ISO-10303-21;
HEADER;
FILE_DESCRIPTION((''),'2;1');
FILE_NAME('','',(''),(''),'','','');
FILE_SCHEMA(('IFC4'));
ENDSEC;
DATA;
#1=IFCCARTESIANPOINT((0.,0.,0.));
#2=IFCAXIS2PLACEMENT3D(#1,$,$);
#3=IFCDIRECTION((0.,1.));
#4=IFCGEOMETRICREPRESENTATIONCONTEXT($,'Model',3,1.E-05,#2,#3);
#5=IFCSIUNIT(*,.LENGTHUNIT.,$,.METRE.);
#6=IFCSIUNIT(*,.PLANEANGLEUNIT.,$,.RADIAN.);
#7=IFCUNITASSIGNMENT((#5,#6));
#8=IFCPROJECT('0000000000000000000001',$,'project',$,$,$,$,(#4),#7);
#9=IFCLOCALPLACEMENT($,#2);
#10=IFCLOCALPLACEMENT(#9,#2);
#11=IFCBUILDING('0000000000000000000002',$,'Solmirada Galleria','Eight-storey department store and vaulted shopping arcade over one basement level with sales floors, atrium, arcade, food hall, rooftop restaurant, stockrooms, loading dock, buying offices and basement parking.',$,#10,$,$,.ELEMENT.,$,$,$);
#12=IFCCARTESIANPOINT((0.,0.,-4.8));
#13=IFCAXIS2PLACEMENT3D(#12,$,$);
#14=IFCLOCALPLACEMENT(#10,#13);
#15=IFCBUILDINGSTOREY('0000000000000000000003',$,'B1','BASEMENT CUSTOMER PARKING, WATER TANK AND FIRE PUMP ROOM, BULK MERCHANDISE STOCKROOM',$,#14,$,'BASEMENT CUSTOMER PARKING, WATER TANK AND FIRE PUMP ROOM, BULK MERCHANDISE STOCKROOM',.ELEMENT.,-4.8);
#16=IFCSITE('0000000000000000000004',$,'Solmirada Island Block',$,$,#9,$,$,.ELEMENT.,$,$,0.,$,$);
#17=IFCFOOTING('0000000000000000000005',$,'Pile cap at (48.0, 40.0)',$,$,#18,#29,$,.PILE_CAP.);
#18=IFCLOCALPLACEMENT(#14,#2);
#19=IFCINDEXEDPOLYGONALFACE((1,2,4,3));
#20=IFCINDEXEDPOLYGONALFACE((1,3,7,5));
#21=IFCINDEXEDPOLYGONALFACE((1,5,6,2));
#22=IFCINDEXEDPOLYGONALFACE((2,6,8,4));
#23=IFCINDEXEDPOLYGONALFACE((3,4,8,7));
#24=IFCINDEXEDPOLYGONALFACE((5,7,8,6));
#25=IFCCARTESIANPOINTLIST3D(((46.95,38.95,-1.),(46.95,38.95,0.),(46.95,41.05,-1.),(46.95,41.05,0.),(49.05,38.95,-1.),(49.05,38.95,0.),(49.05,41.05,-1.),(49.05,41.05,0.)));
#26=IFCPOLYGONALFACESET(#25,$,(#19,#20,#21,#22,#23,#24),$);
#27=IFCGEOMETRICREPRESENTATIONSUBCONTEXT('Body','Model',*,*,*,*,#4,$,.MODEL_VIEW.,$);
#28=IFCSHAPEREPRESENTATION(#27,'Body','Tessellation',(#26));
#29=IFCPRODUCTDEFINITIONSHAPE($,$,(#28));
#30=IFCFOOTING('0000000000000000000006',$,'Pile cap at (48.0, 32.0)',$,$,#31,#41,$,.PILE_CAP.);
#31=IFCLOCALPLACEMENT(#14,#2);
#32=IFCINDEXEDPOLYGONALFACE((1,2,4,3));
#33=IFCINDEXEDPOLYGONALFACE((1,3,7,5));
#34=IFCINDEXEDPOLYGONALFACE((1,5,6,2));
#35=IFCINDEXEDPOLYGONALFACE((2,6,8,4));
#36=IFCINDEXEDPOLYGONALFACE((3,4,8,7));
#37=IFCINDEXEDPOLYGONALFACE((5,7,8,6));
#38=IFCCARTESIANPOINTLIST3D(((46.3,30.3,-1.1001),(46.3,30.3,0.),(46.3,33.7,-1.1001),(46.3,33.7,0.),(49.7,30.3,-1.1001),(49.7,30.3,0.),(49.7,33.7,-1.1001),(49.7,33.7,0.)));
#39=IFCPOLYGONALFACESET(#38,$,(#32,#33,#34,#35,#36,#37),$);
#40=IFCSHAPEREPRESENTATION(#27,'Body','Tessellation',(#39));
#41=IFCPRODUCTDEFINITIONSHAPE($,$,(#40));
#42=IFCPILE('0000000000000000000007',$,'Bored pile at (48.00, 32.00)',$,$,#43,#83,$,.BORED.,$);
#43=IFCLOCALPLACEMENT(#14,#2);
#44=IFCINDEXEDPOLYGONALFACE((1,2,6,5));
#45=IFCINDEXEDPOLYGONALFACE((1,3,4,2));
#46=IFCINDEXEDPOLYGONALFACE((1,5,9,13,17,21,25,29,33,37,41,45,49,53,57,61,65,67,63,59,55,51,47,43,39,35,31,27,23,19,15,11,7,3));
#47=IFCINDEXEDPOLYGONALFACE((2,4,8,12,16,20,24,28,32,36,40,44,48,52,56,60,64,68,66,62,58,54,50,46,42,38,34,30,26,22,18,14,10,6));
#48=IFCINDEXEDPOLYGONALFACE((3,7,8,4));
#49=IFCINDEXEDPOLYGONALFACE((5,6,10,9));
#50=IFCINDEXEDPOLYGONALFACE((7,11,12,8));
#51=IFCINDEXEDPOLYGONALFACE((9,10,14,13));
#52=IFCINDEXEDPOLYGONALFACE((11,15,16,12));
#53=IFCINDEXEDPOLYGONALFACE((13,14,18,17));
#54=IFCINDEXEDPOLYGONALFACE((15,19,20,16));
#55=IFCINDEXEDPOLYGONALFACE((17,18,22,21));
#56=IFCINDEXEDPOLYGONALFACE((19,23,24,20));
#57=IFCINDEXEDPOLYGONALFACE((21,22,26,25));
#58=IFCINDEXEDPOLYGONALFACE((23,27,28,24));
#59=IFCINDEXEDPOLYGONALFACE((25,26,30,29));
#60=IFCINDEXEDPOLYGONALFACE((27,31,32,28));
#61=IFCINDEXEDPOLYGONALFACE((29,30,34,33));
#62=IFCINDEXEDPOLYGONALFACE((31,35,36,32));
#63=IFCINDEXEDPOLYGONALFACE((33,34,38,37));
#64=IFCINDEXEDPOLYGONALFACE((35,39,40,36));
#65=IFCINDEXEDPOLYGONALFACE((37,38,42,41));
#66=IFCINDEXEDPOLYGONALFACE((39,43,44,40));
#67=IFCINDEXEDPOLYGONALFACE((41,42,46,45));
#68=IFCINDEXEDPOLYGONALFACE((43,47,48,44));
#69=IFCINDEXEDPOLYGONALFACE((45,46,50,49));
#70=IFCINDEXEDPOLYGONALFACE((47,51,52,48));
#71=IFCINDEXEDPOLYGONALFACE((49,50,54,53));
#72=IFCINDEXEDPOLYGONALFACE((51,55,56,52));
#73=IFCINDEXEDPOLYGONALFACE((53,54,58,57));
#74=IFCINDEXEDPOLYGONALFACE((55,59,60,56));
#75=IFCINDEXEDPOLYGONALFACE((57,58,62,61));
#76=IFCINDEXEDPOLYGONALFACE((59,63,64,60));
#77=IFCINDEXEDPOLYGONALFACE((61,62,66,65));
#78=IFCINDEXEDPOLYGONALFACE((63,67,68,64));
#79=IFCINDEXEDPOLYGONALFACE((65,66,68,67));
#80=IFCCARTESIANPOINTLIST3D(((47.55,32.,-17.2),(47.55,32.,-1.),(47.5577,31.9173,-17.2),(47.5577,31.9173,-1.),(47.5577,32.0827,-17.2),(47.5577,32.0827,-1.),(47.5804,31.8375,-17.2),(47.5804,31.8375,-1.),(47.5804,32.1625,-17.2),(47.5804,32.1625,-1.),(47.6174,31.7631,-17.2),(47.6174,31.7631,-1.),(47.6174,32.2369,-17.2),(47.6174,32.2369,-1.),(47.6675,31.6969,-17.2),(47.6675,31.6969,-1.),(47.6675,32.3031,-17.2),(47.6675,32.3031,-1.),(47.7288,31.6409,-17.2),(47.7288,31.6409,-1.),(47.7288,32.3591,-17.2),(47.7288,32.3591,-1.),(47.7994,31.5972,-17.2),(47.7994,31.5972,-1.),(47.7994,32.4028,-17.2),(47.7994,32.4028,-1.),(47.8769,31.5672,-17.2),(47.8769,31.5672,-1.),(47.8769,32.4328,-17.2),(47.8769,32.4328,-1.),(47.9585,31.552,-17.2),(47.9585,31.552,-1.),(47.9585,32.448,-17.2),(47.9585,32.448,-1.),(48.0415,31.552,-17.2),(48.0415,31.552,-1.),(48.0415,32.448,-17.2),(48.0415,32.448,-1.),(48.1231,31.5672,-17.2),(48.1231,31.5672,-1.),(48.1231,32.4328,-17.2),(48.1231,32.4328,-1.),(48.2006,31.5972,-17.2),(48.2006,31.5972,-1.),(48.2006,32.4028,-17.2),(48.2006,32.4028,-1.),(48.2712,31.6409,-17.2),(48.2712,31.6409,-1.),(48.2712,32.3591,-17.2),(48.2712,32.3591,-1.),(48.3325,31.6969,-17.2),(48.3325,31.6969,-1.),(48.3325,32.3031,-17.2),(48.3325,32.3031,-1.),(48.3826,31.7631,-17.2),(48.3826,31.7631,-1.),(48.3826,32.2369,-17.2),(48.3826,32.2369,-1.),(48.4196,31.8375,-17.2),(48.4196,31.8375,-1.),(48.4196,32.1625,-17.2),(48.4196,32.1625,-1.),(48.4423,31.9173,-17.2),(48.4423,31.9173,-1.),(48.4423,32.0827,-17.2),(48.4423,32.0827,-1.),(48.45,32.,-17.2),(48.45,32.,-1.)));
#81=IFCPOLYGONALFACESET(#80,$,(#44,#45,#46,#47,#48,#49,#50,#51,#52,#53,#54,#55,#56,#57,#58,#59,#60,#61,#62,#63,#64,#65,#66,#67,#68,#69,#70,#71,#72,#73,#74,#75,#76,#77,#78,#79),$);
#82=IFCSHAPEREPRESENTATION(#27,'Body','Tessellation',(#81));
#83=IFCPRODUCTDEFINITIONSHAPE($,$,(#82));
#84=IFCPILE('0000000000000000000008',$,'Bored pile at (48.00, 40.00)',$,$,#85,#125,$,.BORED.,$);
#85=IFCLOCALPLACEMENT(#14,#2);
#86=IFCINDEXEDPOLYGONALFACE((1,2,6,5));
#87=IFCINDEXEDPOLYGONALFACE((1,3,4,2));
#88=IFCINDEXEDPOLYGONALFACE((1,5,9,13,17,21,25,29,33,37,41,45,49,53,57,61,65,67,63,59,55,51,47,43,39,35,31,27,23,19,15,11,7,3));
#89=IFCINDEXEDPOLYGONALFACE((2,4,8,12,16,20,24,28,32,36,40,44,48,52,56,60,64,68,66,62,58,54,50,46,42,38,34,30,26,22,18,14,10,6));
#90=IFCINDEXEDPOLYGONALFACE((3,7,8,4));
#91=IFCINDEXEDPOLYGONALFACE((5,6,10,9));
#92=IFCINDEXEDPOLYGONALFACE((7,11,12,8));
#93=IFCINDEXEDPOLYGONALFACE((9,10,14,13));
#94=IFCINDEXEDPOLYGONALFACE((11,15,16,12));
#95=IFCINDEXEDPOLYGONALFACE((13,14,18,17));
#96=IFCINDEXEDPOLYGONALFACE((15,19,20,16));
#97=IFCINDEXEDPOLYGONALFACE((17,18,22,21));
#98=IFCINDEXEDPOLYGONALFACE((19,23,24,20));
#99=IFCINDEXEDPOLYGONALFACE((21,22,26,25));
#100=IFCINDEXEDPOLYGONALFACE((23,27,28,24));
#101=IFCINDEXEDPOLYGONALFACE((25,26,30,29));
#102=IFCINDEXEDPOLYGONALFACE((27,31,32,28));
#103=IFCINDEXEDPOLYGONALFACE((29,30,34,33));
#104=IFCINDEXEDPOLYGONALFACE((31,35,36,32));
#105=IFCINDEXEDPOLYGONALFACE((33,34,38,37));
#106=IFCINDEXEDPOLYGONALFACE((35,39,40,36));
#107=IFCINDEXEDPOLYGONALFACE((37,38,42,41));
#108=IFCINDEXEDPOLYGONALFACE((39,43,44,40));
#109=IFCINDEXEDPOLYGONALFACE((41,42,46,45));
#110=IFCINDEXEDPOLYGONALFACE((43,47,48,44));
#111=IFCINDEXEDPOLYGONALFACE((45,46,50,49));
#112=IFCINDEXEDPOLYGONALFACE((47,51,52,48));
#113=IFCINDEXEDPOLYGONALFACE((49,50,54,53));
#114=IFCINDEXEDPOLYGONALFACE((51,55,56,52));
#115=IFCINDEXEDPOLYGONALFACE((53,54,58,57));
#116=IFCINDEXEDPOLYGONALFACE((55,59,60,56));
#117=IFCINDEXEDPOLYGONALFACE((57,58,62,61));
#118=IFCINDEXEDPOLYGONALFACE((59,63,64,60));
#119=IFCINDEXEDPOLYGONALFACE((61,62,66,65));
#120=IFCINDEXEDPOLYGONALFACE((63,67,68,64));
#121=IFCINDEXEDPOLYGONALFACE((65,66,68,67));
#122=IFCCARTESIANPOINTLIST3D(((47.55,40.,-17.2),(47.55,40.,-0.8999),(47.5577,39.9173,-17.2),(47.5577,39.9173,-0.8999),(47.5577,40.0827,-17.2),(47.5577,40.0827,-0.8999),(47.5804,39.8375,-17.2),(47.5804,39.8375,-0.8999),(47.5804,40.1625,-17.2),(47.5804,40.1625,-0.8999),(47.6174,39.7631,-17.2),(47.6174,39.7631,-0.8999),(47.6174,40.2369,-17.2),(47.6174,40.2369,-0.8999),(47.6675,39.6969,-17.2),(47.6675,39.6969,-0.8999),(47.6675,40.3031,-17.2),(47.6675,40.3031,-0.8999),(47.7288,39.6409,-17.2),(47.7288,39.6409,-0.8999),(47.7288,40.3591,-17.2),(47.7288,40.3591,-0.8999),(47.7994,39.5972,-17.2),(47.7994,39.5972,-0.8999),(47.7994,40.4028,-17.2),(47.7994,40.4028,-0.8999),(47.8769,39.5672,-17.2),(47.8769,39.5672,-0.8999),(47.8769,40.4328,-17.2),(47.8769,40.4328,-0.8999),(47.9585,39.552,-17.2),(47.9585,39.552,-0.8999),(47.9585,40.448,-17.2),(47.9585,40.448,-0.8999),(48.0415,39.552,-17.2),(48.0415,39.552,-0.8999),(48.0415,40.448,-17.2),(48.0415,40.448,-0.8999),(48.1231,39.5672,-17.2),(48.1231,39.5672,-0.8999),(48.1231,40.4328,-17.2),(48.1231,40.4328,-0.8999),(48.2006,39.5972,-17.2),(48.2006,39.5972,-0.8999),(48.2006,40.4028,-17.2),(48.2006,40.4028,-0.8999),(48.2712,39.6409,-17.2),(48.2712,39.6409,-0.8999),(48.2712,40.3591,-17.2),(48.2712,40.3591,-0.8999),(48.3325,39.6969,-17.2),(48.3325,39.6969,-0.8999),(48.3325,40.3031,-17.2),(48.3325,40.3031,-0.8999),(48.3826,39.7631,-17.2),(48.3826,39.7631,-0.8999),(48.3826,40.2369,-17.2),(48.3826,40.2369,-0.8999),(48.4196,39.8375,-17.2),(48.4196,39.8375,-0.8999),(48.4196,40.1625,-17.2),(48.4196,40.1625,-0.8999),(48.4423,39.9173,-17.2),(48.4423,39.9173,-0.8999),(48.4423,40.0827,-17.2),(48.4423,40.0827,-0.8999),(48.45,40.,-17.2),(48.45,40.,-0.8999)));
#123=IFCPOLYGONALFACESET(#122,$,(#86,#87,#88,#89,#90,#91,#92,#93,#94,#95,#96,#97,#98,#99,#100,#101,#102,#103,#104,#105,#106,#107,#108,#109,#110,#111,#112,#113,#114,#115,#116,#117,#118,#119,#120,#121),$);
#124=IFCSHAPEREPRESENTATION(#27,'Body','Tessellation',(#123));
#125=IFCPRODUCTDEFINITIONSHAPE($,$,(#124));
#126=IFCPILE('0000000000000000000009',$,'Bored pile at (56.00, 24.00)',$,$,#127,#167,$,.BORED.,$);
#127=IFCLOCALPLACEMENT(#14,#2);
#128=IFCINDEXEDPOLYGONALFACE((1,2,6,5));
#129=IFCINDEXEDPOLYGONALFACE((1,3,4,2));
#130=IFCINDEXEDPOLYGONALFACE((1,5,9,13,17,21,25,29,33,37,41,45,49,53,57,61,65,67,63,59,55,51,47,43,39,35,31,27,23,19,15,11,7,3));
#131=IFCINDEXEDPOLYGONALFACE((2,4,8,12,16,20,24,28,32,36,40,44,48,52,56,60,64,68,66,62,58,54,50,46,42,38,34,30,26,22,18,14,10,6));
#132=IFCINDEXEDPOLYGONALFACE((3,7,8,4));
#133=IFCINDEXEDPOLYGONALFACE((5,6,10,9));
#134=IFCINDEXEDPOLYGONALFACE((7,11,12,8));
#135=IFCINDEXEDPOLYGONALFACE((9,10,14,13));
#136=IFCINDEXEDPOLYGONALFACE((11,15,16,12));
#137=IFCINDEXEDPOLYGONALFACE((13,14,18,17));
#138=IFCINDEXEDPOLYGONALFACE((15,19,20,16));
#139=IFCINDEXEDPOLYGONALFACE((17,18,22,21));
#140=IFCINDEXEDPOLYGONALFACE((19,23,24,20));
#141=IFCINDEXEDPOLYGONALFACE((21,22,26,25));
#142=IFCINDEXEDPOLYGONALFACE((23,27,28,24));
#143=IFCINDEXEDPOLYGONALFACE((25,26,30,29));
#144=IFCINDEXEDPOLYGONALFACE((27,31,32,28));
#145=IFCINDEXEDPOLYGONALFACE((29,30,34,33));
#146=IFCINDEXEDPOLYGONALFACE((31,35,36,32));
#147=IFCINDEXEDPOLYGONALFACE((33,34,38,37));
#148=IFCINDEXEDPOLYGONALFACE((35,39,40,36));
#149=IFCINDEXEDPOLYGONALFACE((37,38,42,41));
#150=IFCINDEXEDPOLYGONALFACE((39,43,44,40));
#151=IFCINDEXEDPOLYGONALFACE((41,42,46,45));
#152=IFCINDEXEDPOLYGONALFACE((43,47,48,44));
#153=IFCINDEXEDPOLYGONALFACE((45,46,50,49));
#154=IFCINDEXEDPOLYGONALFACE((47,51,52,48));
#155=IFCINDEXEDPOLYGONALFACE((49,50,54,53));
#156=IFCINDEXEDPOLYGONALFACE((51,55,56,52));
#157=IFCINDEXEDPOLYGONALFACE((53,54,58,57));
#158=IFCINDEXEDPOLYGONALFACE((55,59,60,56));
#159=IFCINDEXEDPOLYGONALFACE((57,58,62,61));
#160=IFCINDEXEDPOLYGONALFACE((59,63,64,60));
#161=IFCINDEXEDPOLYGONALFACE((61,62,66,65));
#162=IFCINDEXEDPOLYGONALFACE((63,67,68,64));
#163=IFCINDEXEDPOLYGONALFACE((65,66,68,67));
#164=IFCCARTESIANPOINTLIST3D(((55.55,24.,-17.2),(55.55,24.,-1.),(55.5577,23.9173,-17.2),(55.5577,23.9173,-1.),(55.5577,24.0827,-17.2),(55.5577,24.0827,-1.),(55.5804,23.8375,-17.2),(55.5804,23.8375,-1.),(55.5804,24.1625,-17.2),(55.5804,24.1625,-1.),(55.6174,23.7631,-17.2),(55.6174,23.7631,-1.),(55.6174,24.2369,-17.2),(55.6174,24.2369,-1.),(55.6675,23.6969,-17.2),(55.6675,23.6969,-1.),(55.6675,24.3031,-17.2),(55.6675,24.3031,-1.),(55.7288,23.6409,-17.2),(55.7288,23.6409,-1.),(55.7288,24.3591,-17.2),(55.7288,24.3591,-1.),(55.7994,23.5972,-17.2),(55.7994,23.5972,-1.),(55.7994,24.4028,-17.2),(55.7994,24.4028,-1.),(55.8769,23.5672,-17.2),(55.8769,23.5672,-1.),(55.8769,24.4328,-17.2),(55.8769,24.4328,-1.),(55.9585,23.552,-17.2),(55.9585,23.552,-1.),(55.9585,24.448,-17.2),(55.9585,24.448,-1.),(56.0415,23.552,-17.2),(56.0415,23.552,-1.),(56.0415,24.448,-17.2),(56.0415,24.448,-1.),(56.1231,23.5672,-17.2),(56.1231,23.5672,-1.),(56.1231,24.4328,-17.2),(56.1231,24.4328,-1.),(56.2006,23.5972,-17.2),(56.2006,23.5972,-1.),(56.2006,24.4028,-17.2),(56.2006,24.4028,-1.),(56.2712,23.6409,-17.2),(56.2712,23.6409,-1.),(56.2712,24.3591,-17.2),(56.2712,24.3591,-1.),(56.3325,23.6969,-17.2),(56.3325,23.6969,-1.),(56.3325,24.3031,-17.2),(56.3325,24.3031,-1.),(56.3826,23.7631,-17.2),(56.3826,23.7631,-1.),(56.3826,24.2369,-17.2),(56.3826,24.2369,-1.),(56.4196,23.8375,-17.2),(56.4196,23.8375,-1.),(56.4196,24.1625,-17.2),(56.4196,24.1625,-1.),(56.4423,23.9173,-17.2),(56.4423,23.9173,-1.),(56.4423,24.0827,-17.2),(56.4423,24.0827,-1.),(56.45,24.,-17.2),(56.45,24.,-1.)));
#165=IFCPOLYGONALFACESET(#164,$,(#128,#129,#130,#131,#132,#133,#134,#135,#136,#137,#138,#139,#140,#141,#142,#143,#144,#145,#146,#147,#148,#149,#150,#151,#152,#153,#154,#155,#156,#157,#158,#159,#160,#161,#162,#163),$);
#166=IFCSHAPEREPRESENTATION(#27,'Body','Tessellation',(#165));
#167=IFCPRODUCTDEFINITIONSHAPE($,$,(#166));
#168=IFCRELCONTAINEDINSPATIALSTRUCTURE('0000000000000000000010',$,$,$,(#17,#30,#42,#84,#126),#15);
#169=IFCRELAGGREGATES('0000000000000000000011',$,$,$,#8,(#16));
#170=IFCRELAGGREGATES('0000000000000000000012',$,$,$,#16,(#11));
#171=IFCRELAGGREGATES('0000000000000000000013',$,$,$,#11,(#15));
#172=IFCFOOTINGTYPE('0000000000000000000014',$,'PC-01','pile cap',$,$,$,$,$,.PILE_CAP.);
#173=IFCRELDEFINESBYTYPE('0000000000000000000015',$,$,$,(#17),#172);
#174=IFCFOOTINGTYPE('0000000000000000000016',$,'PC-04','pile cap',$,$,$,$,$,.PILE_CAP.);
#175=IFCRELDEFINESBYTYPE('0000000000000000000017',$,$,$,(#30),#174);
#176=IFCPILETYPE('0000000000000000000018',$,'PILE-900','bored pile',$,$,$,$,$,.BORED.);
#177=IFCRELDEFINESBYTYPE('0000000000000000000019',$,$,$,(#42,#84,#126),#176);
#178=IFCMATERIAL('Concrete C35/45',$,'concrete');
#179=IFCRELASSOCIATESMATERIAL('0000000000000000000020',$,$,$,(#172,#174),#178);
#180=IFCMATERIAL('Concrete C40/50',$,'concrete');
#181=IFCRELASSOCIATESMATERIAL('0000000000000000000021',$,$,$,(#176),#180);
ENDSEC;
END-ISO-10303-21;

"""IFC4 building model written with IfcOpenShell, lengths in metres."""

from ifc_helpers import new_model, si_unit, direction, frame, origin, origin_2d, place, context, subcontext, project, spatial, rectangle, circle, extrude, material, material_profile, profile_set, type_object, element, save


model = new_model("IFC4")

# Units and contexts
model_context = context("Model", 3, precision=1e-05, world=origin(), true_north=direction((0.0, 1.0)))
body_context = subcontext(model_context, "Body", "Model", "MODEL_VIEW")
ifc_project = project(units=[si_unit("LENGTHUNIT", "METRE"), si_unit("PLANEANGLEUNIT", "RADIAN")], contexts=[model_context])

# Site, building, storey
site_placement = place(None, origin())
site = spatial("IfcSite", under=ifc_project, at=site_placement, Name="Solmirada Island Block", CompositionType="ELEMENT", RefElevation=0.0)
building_placement = place(site_placement, origin())
building = spatial("IfcBuilding", under=site, at=building_placement, Name="Solmirada Galleria", Description="Eight-storey department store and vaulted shopping arcade over one basement level with sales floors, atrium, arcade, food hall, rooftop restaurant, stockrooms, loading dock, buying offices and basement parking.", CompositionType="ELEMENT")
storey_placement = place(building_placement, frame((0.0, 0.0, -4.8)))
storey = spatial("IfcBuildingStorey", under=building, at=storey_placement, Name="B1", Description="BASEMENT CUSTOMER PARKING, WATER TANK AND FIRE PUMP ROOM, BULK MERCHANDISE STOCKROOM", LongName="BASEMENT CUSTOMER PARKING, WATER TANK AND FIRE PUMP ROOM, BULK MERCHANDISE STOCKROOM", CompositionType="ELEMENT", Elevation=-4.8)

# Footings
ifc_material_1 = material(Name="Concrete C35/45", Category="concrete")
footing_type_1 = type_object("IfcFootingType", Name="PC-01", Description="pile cap", PredefinedType="PILE_CAP", material=ifc_material_1)
footing_1_placement = place(storey_placement, frame((48.0, 40.0, -1.0), z_axis=(0.0, 0.0, 1.0), x_axis=(1.0, 0.0, 0.0)))
element("IfcFooting", 1, at=footing_1_placement, inside=storey, type_object=footing_type_1, Name="Pile cap at (48.0, 40.0)", PredefinedType="PILE_CAP", context=body_context, shape_type="SweptSolid", body=[
    extrude(rectangle(XDim=2.1001, YDim=2.1001, at=origin_2d()), origin(), (0.0, 0.0, 1.0), 1.0),
])
footing_type_2 = type_object("IfcFootingType", Name="PC-04", Description="pile cap", PredefinedType="PILE_CAP", material=ifc_material_1)
footing_2_placement = place(storey_placement, frame((48.0, 32.0, -1.1001), z_axis=(0.0, 0.0, 1.0), x_axis=(1.0, 0.0, 0.0)))
element("IfcFooting", 2, at=footing_2_placement, inside=storey, type_object=footing_type_2, Name="Pile cap at (48.0, 32.0)", PredefinedType="PILE_CAP", context=body_context, shape_type="SweptSolid", body=[
    extrude(rectangle(XDim=3.3999, YDim=3.3999, at=origin_2d()), origin(), (0.0, 0.0, 1.0), 1.1001),
])

# Piles
ifc_material_2 = material(Name="Concrete C40/50", Category="concrete")
ifc_material_profile_1 = material_profile(ifc_material_2, circle(Radius=0.45, at=origin_2d()), Name="PILE900")
ifc_profile_set_1 = profile_set([ifc_material_profile_1], Name="Concrete C40/50")
pile_type = type_object("IfcPileType", Name="PILE-900", Description="bored pile", PredefinedType="BORED", material=ifc_profile_set_1)
pile_1_placement = place(storey_placement, frame((48.0, 32.0, -1.0), z_axis=(0.0, 0.0, -1.0), x_axis=(1.0, 0.0, 0.0)))
element("IfcPile", 3, at=pile_1_placement, inside=storey, type_object=pile_type, Name="Bored pile at (48.00, 32.00)", PredefinedType="BORED", context=body_context, shape_type="SweptSolid", body=[
    extrude(circle(Radius=0.45, at=origin_2d()), origin(), (0.0, 0.0, 1.0), 16.2),
])
pile_2_placement = place(storey_placement, frame((48.0, 40.0, -0.8999), z_axis=(0.0, 0.0, -1.0), x_axis=(1.0, 0.0, 0.0)))
element("IfcPile", 4, at=pile_2_placement, inside=storey, type_object=pile_type, Name="Bored pile at (48.00, 40.00)", PredefinedType="BORED", context=body_context, shape_type="SweptSolid", body=[
    extrude(circle(Radius=0.45, at=origin_2d()), origin(), (0.0, 0.0, 1.0), 16.3),
])
pile_3_placement = place(storey_placement, frame((56.0, 24.0, -1.0), z_axis=(0.0, 0.0, -1.0), x_axis=(1.0, 0.0, 0.0)))
element("IfcPile", 5, at=pile_3_placement, inside=storey, type_object=pile_type, Name="Bored pile at (56.00, 24.00)", PredefinedType="BORED", context=body_context, shape_type="SweptSolid", body=[
    extrude(circle(Radius=0.45, at=origin_2d()), origin(), (0.0, 0.0, 1.0), 16.2),
])

save(model, "model.ifc")
